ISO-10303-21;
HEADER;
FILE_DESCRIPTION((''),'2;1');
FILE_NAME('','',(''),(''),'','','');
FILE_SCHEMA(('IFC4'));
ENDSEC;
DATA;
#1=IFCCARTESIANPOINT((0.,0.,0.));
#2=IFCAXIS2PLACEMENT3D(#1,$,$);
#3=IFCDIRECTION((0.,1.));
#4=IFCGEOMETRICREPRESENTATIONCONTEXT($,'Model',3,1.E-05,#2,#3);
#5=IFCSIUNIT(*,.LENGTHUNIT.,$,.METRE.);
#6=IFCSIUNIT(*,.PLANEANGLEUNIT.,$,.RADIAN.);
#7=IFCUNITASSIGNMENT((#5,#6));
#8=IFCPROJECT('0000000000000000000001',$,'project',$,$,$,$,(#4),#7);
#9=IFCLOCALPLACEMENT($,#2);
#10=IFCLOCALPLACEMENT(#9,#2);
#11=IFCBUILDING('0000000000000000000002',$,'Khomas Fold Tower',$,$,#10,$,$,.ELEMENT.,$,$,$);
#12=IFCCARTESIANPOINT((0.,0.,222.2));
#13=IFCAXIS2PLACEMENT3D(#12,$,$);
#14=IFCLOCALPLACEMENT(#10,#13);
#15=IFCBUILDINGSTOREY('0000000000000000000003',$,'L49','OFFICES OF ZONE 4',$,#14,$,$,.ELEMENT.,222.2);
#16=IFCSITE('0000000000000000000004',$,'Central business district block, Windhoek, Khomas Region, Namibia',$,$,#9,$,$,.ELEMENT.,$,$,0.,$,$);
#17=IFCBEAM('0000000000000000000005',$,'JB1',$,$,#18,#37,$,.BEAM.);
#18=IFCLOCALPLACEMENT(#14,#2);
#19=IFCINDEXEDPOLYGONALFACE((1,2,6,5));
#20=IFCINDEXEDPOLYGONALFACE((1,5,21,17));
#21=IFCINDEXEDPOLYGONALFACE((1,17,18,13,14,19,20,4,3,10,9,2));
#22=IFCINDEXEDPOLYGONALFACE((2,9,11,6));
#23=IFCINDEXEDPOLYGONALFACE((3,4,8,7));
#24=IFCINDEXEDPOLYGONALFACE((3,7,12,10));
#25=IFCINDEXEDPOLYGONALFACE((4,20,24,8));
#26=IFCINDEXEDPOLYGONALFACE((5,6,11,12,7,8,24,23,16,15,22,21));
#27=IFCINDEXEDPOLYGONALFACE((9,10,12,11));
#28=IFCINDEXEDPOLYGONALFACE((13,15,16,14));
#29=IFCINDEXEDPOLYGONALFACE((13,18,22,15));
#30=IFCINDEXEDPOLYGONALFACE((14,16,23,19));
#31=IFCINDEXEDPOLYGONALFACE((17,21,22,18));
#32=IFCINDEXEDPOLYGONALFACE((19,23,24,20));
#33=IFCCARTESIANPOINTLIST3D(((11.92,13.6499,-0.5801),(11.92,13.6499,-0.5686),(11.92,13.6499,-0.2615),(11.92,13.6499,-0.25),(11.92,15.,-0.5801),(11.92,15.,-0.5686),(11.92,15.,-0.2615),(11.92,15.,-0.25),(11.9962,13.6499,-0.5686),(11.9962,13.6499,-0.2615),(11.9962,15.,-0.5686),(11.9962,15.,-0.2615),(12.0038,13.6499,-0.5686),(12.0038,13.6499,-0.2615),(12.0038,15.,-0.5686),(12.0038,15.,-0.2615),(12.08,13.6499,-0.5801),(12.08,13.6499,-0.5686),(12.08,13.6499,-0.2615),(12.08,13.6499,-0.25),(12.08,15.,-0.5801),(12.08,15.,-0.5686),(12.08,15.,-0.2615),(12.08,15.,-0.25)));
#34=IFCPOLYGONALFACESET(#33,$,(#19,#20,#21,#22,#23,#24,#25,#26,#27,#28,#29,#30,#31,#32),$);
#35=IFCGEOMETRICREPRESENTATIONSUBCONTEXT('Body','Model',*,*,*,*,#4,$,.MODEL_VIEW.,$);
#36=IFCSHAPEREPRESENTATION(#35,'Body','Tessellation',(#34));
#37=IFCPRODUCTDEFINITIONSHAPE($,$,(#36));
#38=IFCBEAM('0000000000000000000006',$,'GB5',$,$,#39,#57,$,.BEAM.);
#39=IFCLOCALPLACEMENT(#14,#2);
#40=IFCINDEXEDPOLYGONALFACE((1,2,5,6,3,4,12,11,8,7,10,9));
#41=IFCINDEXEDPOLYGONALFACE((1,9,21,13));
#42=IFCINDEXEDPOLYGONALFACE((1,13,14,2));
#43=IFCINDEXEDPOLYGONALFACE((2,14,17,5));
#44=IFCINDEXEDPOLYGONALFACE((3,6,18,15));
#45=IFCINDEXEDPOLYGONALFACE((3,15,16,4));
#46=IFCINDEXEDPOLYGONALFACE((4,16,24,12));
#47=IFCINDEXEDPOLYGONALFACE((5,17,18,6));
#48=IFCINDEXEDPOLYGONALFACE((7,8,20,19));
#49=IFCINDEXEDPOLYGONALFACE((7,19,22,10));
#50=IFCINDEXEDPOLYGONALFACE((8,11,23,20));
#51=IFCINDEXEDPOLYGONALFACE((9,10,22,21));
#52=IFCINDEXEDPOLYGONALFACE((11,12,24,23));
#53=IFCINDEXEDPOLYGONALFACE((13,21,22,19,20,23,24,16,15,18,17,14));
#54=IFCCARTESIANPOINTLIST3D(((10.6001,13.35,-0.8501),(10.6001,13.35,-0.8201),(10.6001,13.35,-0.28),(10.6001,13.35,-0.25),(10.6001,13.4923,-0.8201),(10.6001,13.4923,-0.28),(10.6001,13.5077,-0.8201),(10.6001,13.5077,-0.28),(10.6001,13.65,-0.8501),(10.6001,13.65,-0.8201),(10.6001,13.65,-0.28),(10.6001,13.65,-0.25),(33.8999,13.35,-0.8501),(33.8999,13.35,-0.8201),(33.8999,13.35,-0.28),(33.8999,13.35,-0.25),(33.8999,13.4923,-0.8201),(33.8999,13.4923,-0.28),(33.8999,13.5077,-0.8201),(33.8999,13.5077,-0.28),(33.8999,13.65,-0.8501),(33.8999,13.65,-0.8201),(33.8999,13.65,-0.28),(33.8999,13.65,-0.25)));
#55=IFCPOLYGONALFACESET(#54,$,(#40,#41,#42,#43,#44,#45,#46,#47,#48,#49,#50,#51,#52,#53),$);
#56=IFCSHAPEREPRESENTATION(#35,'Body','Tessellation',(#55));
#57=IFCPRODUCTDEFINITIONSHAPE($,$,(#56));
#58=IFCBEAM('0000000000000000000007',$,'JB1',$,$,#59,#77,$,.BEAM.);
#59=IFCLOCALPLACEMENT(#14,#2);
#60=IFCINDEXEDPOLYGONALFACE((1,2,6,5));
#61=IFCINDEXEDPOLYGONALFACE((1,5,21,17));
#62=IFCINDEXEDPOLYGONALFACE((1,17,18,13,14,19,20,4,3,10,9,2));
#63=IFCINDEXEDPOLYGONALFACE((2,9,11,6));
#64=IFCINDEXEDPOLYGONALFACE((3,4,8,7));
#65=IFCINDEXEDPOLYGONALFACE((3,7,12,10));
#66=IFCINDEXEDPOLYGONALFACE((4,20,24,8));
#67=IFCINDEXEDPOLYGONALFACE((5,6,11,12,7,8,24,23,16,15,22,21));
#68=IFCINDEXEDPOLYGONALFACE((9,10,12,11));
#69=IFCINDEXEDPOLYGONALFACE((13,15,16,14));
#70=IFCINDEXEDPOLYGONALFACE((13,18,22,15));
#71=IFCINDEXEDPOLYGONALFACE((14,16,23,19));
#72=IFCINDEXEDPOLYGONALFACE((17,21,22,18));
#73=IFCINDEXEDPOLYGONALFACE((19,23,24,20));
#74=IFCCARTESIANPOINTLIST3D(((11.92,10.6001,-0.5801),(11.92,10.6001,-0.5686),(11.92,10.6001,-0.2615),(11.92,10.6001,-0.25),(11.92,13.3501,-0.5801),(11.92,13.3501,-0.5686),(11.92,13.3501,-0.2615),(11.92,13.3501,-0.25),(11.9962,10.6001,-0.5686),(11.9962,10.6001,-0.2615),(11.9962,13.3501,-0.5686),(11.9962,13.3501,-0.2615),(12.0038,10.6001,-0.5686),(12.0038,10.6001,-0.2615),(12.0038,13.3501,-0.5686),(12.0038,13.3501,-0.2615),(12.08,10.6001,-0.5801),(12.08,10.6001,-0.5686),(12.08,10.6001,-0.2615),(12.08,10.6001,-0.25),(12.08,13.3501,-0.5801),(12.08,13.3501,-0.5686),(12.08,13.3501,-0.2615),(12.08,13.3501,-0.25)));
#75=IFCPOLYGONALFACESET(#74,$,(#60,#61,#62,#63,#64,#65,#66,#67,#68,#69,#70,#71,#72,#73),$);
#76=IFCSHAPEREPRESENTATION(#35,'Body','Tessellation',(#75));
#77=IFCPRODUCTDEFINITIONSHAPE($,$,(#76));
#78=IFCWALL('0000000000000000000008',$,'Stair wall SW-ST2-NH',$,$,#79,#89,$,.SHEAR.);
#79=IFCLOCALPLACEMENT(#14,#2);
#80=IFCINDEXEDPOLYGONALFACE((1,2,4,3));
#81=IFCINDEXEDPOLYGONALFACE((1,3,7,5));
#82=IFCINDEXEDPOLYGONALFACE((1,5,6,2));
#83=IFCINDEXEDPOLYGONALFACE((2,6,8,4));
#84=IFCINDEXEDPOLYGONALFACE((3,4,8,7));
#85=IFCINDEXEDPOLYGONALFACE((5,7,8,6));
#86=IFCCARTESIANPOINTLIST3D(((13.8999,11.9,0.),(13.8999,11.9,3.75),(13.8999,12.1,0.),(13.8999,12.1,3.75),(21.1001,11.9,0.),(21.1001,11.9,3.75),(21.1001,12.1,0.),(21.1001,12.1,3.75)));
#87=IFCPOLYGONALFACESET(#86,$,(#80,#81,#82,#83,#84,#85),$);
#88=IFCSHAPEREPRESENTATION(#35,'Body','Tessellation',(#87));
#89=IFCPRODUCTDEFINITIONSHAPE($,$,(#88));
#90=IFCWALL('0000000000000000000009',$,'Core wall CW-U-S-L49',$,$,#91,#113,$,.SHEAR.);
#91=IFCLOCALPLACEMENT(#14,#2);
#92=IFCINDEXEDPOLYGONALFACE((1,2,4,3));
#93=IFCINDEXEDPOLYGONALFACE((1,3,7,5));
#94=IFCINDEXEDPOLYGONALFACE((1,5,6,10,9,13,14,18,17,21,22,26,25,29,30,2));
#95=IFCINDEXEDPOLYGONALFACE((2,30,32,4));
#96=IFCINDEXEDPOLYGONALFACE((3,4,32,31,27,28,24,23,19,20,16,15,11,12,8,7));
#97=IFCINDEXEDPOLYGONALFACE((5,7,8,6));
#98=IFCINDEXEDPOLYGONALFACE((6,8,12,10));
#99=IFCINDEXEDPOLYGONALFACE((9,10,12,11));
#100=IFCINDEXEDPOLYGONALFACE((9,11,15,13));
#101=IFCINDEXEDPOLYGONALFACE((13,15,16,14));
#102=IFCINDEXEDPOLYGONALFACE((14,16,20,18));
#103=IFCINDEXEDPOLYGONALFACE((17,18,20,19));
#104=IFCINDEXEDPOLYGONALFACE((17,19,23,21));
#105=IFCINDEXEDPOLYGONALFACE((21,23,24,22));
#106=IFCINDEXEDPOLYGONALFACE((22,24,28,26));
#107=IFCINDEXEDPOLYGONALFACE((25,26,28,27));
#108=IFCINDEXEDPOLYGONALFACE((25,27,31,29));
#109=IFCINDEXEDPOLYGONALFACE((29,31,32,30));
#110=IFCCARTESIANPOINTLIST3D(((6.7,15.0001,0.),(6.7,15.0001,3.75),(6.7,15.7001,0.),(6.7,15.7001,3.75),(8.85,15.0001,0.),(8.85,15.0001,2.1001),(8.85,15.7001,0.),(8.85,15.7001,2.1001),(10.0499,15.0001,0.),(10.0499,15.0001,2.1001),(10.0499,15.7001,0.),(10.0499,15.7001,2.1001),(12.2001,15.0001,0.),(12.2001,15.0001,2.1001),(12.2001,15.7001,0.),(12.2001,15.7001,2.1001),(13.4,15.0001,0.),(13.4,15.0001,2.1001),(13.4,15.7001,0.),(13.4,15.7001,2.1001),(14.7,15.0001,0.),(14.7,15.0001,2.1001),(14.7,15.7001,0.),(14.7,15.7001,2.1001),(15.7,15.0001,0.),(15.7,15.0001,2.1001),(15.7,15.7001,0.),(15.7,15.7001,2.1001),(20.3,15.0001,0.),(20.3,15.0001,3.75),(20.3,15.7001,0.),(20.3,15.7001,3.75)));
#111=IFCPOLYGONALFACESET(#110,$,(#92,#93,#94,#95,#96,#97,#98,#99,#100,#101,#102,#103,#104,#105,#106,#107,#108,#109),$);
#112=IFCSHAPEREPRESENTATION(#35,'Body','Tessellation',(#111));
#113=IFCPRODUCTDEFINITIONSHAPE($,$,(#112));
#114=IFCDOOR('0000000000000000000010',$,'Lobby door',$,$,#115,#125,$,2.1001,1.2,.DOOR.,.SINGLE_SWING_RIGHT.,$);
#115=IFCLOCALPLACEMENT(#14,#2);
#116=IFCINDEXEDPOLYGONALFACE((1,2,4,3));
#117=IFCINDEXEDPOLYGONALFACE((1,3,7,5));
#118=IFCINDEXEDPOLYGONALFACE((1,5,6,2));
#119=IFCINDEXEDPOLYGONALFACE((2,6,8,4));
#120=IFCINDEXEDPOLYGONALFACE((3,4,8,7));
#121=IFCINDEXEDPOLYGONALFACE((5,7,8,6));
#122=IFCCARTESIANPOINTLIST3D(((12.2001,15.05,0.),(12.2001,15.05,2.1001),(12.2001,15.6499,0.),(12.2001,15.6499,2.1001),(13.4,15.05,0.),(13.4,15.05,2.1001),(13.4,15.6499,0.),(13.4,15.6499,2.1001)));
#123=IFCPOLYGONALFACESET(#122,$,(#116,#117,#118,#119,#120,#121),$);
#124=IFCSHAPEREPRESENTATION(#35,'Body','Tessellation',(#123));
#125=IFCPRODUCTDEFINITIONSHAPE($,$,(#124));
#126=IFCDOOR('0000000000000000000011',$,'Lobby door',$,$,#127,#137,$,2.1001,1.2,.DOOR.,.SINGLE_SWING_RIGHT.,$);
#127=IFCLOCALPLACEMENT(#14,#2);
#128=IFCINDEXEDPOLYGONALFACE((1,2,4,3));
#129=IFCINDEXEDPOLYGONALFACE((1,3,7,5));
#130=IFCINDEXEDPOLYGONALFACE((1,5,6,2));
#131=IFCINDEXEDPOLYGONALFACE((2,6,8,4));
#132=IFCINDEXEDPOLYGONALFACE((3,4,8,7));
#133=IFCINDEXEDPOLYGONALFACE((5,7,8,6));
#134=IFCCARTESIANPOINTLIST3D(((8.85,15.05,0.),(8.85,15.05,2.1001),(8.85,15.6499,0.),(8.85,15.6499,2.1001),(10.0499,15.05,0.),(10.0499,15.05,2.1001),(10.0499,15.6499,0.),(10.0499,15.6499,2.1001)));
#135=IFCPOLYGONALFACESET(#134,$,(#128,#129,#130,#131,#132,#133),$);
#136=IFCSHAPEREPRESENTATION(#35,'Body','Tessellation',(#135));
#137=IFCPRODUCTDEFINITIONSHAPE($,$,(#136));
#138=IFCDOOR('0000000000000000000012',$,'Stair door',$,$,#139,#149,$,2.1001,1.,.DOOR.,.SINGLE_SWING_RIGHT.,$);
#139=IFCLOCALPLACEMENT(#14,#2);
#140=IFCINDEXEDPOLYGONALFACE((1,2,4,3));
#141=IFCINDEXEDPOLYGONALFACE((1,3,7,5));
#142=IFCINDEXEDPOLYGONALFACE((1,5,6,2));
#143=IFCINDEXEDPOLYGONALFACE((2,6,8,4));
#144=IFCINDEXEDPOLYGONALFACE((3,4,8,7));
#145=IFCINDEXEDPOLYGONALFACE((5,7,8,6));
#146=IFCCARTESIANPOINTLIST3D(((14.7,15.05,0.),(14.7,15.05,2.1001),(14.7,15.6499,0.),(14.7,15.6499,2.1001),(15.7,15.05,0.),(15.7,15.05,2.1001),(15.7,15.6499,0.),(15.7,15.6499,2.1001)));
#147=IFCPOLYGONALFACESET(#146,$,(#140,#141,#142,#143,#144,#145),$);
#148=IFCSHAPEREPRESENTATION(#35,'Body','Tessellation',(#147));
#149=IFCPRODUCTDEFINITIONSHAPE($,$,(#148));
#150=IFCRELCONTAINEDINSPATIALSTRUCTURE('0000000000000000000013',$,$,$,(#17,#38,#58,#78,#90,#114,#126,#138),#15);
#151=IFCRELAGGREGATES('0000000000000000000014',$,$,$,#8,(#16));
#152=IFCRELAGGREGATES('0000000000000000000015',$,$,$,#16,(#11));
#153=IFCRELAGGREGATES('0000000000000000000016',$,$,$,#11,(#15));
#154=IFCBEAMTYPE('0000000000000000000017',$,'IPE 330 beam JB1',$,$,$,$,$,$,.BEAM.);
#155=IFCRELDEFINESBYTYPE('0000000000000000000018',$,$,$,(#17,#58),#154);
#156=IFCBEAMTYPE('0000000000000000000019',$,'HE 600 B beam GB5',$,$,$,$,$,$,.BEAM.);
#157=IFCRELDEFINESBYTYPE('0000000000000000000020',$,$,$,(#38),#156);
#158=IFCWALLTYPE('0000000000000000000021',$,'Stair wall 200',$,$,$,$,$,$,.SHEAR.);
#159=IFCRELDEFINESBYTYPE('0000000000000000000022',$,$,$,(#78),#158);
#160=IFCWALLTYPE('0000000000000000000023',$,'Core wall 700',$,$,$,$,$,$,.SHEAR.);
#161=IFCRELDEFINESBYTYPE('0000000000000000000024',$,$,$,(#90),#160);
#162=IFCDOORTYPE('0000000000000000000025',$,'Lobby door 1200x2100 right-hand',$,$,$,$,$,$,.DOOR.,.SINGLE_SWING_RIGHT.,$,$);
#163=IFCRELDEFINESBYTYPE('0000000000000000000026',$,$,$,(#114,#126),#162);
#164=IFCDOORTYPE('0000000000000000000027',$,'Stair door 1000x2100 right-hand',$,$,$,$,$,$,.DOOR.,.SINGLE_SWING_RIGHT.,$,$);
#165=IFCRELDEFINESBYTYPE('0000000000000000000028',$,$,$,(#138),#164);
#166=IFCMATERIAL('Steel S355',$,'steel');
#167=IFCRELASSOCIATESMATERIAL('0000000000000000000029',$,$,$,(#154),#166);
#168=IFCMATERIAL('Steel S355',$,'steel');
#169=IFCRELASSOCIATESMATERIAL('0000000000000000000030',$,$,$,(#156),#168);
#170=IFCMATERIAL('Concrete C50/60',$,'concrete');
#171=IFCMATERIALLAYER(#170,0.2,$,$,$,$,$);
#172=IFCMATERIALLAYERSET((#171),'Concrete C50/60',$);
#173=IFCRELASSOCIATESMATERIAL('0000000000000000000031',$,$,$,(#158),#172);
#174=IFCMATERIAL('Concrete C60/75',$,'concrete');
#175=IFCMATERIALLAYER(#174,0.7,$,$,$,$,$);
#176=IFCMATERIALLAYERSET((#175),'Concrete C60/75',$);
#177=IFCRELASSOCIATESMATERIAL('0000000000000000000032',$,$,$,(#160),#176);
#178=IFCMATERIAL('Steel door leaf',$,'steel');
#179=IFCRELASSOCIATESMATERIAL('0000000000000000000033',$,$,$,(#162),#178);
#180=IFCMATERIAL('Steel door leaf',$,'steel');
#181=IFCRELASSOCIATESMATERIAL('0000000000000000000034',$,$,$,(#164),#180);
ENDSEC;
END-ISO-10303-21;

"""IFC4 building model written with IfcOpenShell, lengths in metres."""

from ifc_helpers import new_model, si_unit, direction, frame, frame_2d, origin, origin_2d, place, context, subcontext, project, spatial, rectangle, i_section, extrude, source, transform, mapped, material, layer, layer_set, material_profile, profile_set, type_object, element, fill, save


model = new_model("IFC4")

# Units and contexts
model_context = context("Model", 3, precision=1e-05, world=origin(), true_north=direction((0.0, 1.0)))
body_context = subcontext(model_context, "Body", "Model", "MODEL_VIEW")
ifc_project = project(units=[si_unit("LENGTHUNIT", "METRE"), si_unit("PLANEANGLEUNIT", "RADIAN")], contexts=[model_context])

# Site, building, storey
site_placement = place(None, origin())
site = spatial("IfcSite", under=ifc_project, at=site_placement, Name="Central business district block, Windhoek, Khomas Region, Namibia", CompositionType="ELEMENT", RefElevation=0.0)
building_placement = place(site_placement, origin())
building = spatial("IfcBuilding", under=site, at=building_placement, Name="Khomas Fold Tower", CompositionType="ELEMENT")
storey_placement = place(building_placement, frame((0.0, 0.0, 222.2)))
storey = spatial("IfcBuildingStorey", under=building, at=storey_placement, Name="L49", Description="OFFICES OF ZONE 4", CompositionType="ELEMENT", Elevation=222.2)

# Beams
ifc_material_1 = material(Name="Steel S355", Category="steel")
ifc_material_profile_1 = material_profile(ifc_material_1, i_section(OverallWidth=0.1599, OverallDepth=0.3301, WebThickness=0.0076, FlangeThickness=0.0115, at=origin_2d()), Name="IPE 330")
ifc_profile_set_1 = profile_set([ifc_material_profile_1], Name="Steel S355")
beam_type_1 = type_object("IfcBeamType", Name="IPE 330 beam JB1", PredefinedType="BEAM", material=ifc_profile_set_1)
shared_shape_1 = source(origin(), body_context, "Body", "SweptSolid", [
    extrude(i_section(OverallWidth=0.1599, OverallDepth=0.3301, WebThickness=0.0076, FlangeThickness=0.0115, at=origin_2d()), origin(), (0.0, 0.0, 1.0), 1.3501),
])
beam_1_placement = place(storey_placement, frame((12.0, 13.6499, -0.415), z_axis=(0.0, 1.0, 0.0), x_axis=(-1.0, 0.0, 0.0)))
element("IfcBeam", 1, at=beam_1_placement, inside=storey, type_object=beam_type_1, Name="JB1", PredefinedType="BEAM", context=body_context, shape_type="MappedRepresentation", body=[
    mapped(shared_shape_1, transform((0.0, 0.0, 0.0))),
])
ifc_material_2 = material(Name="Steel S355", Category="steel")
ifc_material_profile_2 = material_profile(ifc_material_2, i_section(OverallWidth=0.3, OverallDepth=0.6001, WebThickness=0.0154, FlangeThickness=0.03, at=origin_2d()), Name="HE 600 B")
ifc_profile_set_2 = profile_set([ifc_material_profile_2], Name="Steel S355")
beam_type_2 = type_object("IfcBeamType", Name="HE 600 B beam GB5", PredefinedType="BEAM", material=ifc_profile_set_2)
shared_shape_2 = source(origin(), body_context, "Body", "SweptSolid", [
    extrude(i_section(OverallWidth=0.3, OverallDepth=0.6001, WebThickness=0.0154, FlangeThickness=0.03, at=origin_2d()), origin(), (0.0, 0.0, 1.0), 23.2998),
])
beam_2_placement = place(storey_placement, frame((10.6001, 13.5, -0.55), z_axis=(1.0, 0.0, 0.0), x_axis=(0.0, 1.0, 0.0)))
element("IfcBeam", 2, at=beam_2_placement, inside=storey, type_object=beam_type_2, Name="GB5", PredefinedType="BEAM", context=body_context, shape_type="MappedRepresentation", body=[
    mapped(shared_shape_2, transform((0.0, 0.0, 0.0))),
])
shared_shape_3 = source(origin(), body_context, "Body", "SweptSolid", [
    extrude(i_section(OverallWidth=0.1599, OverallDepth=0.3301, WebThickness=0.0076, FlangeThickness=0.0115, at=origin_2d()), origin(), (0.0, 0.0, 1.0), 2.75),
])
beam_3_placement = place(storey_placement, frame((12.0, 10.6001, -0.415), z_axis=(0.0, 1.0, 0.0), x_axis=(-1.0, 0.0, 0.0)))
element("IfcBeam", 3, at=beam_3_placement, inside=storey, type_object=beam_type_1, Name="JB1", PredefinedType="BEAM", context=body_context, shape_type="MappedRepresentation", body=[
    mapped(shared_shape_3, transform((0.0, 0.0, 0.0))),
])

# Wall
ifc_material_3 = material(Name="Concrete C50/60", Category="concrete")
ifc_layer_1 = layer(ifc_material_3, 0.2)
ifc_layer_set_1 = layer_set([ifc_layer_1], Name="Concrete C50/60")
wall_type_1 = type_object("IfcWallType", Name="Stair wall 200", PredefinedType="SHEAR", material=ifc_layer_set_1)
shared_shape_4 = source(origin(), body_context, "Body", "SweptSolid", [
    extrude(rectangle(XDim=7.2002, YDim=0.2, at=frame_2d((3.6001, 0.0))), origin(), (0.0, 0.0, 1.0), 3.75),
])
wall_1_placement = place(storey_placement, frame((13.8999, 12.0, 0.0), z_axis=(0.0, 0.0, 1.0), x_axis=(1.0, 0.0, 0.0)))
element("IfcWall", 4, at=wall_1_placement, inside=storey, type_object=wall_type_1, Name="Stair wall SW-ST2-NH", PredefinedType="SHEAR", context=body_context, shape_type="MappedRepresentation", body=[
    mapped(shared_shape_4, transform((0.0, 0.0, 0.0))),
])

# Wall, openings, doors
ifc_material_4 = material(Name="Concrete C60/75", Category="concrete")
ifc_layer_2 = layer(ifc_material_4, 0.7)
ifc_layer_set_2 = layer_set([ifc_layer_2], Name="Concrete C60/75")
wall_type_2 = type_object("IfcWallType", Name="Core wall 700", PredefinedType="SHEAR", material=ifc_layer_set_2)
shared_shape_5 = source(origin(), body_context, "Body", "SweptSolid", [
    extrude(rectangle(XDim=13.6001, YDim=0.7, at=frame_2d((6.8, 0.0))), origin(), (0.0, 0.0, 1.0), 3.75),
])
wall_2_placement = place(storey_placement, frame((6.7, 15.3501, 0.0), z_axis=(0.0, 0.0, 1.0), x_axis=(1.0, 0.0, 0.0)))
wall_2 = element("IfcWall", 5, at=wall_2_placement, inside=storey, type_object=wall_type_2, Name="Core wall CW-U-S-L49", PredefinedType="SHEAR", context=body_context, shape_type="MappedRepresentation", body=[
    mapped(shared_shape_5, transform((0.0, 0.0, 0.0))),
])
shared_shape_6 = source(origin(), body_context, "Body", "SweptSolid", [
    extrude(rectangle(XDim=1.2, YDim=2.1001, at=frame_2d((0.6001, 1.05))), frame((0.0, 0.3599, 0.0), z_axis=(0.0, -1.0, 0.0), x_axis=(1.0, 0.0, 0.0)), (0.0, 0.0, 1.0), 0.72),
])
opening_1_placement = place(wall_2_placement, frame((5.5, 0.0, 0.0)))
opening_1 = element("IfcOpeningElement", 6, at=opening_1_placement, cuts=wall_2, PredefinedType="OPENING", context=body_context, shape_type="MappedRepresentation", body=[
    mapped(shared_shape_6, transform((0.0, 0.0, 0.0))),
])
opening_2_placement = place(wall_2_placement, frame((2.1499, 0.0, 0.0)))
opening_2 = element("IfcOpeningElement", 7, at=opening_2_placement, cuts=wall_2, PredefinedType="OPENING", context=body_context, shape_type="MappedRepresentation", body=[
    mapped(shared_shape_6, transform((0.0, 0.0, 0.0))),
])
shared_shape_7 = source(origin(), body_context, "Body", "SweptSolid", [
    extrude(rectangle(XDim=1.0, YDim=2.1001, at=frame_2d((0.5, 1.05))), frame((0.0, 0.3599, 0.0), z_axis=(0.0, -1.0, 0.0), x_axis=(1.0, 0.0, 0.0)), (0.0, 0.0, 1.0), 0.72),
])
opening_3_placement = place(wall_2_placement, frame((8.0, 0.0, 0.0)))
opening_3 = element("IfcOpeningElement", 8, at=opening_3_placement, cuts=wall_2, PredefinedType="OPENING", context=body_context, shape_type="MappedRepresentation", body=[
    mapped(shared_shape_7, transform((0.0, 0.0, 0.0))),
])
ifc_material_5 = material(Name="Steel door leaf", Category="steel")
door_type_1 = type_object("IfcDoorType", Name="Lobby door 1200x2100 right-hand", OperationType="SINGLE_SWING_RIGHT", PredefinedType="DOOR", material=ifc_material_5)
shared_shape_8 = source(origin(), body_context, "Body", "SweptSolid", [
    extrude(rectangle(XDim=1.2, YDim=2.1001, at=frame_2d((0.6001, 1.05))), frame((0.0, 0.2998, 0.0), z_axis=(0.0, -1.0, 0.0), x_axis=(1.0, 0.0, 0.0)), (0.0, 0.0, 1.0), 0.5999),
])
door_1_placement = place(opening_1_placement, origin())
door_1 = element("IfcDoor", 9, at=door_1_placement, inside=storey, type_object=door_type_1, Name="Lobby door", OperationType="SINGLE_SWING_RIGHT", OverallHeight=2.1001, OverallWidth=1.2, PredefinedType="DOOR", context=body_context, shape_type="MappedRepresentation", body=[
    mapped(shared_shape_8, transform((0.0, 0.0, 0.0))),
])
fill(opening_1, door_1)
door_2_placement = place(opening_2_placement, origin())
door_2 = element("IfcDoor", 10, at=door_2_placement, inside=storey, type_object=door_type_1, Name="Lobby door", OperationType="SINGLE_SWING_RIGHT", OverallHeight=2.1001, OverallWidth=1.2, PredefinedType="DOOR", context=body_context, shape_type="MappedRepresentation", body=[
    mapped(shared_shape_8, transform((0.0, 0.0, 0.0))),
])
fill(opening_2, door_2)
ifc_material_6 = material(Name="Steel door leaf", Category="steel")
door_type_2 = type_object("IfcDoorType", Name="Stair door 1000x2100 right-hand", OperationType="SINGLE_SWING_RIGHT", PredefinedType="DOOR", material=ifc_material_6)
shared_shape_9 = source(origin(), body_context, "Body", "SweptSolid", [
    extrude(rectangle(XDim=1.0, YDim=2.1001, at=frame_2d((0.5, 1.05))), frame((0.0, 0.2998, 0.0), z_axis=(0.0, -1.0, 0.0), x_axis=(1.0, 0.0, 0.0)), (0.0, 0.0, 1.0), 0.5999),
])
door_3_placement = place(opening_3_placement, origin())
door_3 = element("IfcDoor", 11, at=door_3_placement, inside=storey, type_object=door_type_2, Name="Stair door", OperationType="SINGLE_SWING_RIGHT", OverallHeight=2.1001, OverallWidth=1.0, PredefinedType="DOOR", context=body_context, shape_type="MappedRepresentation", body=[
    mapped(shared_shape_9, transform((0.0, 0.0, 0.0))),
])
fill(opening_3, door_3)

save(model, "model.ifc")
